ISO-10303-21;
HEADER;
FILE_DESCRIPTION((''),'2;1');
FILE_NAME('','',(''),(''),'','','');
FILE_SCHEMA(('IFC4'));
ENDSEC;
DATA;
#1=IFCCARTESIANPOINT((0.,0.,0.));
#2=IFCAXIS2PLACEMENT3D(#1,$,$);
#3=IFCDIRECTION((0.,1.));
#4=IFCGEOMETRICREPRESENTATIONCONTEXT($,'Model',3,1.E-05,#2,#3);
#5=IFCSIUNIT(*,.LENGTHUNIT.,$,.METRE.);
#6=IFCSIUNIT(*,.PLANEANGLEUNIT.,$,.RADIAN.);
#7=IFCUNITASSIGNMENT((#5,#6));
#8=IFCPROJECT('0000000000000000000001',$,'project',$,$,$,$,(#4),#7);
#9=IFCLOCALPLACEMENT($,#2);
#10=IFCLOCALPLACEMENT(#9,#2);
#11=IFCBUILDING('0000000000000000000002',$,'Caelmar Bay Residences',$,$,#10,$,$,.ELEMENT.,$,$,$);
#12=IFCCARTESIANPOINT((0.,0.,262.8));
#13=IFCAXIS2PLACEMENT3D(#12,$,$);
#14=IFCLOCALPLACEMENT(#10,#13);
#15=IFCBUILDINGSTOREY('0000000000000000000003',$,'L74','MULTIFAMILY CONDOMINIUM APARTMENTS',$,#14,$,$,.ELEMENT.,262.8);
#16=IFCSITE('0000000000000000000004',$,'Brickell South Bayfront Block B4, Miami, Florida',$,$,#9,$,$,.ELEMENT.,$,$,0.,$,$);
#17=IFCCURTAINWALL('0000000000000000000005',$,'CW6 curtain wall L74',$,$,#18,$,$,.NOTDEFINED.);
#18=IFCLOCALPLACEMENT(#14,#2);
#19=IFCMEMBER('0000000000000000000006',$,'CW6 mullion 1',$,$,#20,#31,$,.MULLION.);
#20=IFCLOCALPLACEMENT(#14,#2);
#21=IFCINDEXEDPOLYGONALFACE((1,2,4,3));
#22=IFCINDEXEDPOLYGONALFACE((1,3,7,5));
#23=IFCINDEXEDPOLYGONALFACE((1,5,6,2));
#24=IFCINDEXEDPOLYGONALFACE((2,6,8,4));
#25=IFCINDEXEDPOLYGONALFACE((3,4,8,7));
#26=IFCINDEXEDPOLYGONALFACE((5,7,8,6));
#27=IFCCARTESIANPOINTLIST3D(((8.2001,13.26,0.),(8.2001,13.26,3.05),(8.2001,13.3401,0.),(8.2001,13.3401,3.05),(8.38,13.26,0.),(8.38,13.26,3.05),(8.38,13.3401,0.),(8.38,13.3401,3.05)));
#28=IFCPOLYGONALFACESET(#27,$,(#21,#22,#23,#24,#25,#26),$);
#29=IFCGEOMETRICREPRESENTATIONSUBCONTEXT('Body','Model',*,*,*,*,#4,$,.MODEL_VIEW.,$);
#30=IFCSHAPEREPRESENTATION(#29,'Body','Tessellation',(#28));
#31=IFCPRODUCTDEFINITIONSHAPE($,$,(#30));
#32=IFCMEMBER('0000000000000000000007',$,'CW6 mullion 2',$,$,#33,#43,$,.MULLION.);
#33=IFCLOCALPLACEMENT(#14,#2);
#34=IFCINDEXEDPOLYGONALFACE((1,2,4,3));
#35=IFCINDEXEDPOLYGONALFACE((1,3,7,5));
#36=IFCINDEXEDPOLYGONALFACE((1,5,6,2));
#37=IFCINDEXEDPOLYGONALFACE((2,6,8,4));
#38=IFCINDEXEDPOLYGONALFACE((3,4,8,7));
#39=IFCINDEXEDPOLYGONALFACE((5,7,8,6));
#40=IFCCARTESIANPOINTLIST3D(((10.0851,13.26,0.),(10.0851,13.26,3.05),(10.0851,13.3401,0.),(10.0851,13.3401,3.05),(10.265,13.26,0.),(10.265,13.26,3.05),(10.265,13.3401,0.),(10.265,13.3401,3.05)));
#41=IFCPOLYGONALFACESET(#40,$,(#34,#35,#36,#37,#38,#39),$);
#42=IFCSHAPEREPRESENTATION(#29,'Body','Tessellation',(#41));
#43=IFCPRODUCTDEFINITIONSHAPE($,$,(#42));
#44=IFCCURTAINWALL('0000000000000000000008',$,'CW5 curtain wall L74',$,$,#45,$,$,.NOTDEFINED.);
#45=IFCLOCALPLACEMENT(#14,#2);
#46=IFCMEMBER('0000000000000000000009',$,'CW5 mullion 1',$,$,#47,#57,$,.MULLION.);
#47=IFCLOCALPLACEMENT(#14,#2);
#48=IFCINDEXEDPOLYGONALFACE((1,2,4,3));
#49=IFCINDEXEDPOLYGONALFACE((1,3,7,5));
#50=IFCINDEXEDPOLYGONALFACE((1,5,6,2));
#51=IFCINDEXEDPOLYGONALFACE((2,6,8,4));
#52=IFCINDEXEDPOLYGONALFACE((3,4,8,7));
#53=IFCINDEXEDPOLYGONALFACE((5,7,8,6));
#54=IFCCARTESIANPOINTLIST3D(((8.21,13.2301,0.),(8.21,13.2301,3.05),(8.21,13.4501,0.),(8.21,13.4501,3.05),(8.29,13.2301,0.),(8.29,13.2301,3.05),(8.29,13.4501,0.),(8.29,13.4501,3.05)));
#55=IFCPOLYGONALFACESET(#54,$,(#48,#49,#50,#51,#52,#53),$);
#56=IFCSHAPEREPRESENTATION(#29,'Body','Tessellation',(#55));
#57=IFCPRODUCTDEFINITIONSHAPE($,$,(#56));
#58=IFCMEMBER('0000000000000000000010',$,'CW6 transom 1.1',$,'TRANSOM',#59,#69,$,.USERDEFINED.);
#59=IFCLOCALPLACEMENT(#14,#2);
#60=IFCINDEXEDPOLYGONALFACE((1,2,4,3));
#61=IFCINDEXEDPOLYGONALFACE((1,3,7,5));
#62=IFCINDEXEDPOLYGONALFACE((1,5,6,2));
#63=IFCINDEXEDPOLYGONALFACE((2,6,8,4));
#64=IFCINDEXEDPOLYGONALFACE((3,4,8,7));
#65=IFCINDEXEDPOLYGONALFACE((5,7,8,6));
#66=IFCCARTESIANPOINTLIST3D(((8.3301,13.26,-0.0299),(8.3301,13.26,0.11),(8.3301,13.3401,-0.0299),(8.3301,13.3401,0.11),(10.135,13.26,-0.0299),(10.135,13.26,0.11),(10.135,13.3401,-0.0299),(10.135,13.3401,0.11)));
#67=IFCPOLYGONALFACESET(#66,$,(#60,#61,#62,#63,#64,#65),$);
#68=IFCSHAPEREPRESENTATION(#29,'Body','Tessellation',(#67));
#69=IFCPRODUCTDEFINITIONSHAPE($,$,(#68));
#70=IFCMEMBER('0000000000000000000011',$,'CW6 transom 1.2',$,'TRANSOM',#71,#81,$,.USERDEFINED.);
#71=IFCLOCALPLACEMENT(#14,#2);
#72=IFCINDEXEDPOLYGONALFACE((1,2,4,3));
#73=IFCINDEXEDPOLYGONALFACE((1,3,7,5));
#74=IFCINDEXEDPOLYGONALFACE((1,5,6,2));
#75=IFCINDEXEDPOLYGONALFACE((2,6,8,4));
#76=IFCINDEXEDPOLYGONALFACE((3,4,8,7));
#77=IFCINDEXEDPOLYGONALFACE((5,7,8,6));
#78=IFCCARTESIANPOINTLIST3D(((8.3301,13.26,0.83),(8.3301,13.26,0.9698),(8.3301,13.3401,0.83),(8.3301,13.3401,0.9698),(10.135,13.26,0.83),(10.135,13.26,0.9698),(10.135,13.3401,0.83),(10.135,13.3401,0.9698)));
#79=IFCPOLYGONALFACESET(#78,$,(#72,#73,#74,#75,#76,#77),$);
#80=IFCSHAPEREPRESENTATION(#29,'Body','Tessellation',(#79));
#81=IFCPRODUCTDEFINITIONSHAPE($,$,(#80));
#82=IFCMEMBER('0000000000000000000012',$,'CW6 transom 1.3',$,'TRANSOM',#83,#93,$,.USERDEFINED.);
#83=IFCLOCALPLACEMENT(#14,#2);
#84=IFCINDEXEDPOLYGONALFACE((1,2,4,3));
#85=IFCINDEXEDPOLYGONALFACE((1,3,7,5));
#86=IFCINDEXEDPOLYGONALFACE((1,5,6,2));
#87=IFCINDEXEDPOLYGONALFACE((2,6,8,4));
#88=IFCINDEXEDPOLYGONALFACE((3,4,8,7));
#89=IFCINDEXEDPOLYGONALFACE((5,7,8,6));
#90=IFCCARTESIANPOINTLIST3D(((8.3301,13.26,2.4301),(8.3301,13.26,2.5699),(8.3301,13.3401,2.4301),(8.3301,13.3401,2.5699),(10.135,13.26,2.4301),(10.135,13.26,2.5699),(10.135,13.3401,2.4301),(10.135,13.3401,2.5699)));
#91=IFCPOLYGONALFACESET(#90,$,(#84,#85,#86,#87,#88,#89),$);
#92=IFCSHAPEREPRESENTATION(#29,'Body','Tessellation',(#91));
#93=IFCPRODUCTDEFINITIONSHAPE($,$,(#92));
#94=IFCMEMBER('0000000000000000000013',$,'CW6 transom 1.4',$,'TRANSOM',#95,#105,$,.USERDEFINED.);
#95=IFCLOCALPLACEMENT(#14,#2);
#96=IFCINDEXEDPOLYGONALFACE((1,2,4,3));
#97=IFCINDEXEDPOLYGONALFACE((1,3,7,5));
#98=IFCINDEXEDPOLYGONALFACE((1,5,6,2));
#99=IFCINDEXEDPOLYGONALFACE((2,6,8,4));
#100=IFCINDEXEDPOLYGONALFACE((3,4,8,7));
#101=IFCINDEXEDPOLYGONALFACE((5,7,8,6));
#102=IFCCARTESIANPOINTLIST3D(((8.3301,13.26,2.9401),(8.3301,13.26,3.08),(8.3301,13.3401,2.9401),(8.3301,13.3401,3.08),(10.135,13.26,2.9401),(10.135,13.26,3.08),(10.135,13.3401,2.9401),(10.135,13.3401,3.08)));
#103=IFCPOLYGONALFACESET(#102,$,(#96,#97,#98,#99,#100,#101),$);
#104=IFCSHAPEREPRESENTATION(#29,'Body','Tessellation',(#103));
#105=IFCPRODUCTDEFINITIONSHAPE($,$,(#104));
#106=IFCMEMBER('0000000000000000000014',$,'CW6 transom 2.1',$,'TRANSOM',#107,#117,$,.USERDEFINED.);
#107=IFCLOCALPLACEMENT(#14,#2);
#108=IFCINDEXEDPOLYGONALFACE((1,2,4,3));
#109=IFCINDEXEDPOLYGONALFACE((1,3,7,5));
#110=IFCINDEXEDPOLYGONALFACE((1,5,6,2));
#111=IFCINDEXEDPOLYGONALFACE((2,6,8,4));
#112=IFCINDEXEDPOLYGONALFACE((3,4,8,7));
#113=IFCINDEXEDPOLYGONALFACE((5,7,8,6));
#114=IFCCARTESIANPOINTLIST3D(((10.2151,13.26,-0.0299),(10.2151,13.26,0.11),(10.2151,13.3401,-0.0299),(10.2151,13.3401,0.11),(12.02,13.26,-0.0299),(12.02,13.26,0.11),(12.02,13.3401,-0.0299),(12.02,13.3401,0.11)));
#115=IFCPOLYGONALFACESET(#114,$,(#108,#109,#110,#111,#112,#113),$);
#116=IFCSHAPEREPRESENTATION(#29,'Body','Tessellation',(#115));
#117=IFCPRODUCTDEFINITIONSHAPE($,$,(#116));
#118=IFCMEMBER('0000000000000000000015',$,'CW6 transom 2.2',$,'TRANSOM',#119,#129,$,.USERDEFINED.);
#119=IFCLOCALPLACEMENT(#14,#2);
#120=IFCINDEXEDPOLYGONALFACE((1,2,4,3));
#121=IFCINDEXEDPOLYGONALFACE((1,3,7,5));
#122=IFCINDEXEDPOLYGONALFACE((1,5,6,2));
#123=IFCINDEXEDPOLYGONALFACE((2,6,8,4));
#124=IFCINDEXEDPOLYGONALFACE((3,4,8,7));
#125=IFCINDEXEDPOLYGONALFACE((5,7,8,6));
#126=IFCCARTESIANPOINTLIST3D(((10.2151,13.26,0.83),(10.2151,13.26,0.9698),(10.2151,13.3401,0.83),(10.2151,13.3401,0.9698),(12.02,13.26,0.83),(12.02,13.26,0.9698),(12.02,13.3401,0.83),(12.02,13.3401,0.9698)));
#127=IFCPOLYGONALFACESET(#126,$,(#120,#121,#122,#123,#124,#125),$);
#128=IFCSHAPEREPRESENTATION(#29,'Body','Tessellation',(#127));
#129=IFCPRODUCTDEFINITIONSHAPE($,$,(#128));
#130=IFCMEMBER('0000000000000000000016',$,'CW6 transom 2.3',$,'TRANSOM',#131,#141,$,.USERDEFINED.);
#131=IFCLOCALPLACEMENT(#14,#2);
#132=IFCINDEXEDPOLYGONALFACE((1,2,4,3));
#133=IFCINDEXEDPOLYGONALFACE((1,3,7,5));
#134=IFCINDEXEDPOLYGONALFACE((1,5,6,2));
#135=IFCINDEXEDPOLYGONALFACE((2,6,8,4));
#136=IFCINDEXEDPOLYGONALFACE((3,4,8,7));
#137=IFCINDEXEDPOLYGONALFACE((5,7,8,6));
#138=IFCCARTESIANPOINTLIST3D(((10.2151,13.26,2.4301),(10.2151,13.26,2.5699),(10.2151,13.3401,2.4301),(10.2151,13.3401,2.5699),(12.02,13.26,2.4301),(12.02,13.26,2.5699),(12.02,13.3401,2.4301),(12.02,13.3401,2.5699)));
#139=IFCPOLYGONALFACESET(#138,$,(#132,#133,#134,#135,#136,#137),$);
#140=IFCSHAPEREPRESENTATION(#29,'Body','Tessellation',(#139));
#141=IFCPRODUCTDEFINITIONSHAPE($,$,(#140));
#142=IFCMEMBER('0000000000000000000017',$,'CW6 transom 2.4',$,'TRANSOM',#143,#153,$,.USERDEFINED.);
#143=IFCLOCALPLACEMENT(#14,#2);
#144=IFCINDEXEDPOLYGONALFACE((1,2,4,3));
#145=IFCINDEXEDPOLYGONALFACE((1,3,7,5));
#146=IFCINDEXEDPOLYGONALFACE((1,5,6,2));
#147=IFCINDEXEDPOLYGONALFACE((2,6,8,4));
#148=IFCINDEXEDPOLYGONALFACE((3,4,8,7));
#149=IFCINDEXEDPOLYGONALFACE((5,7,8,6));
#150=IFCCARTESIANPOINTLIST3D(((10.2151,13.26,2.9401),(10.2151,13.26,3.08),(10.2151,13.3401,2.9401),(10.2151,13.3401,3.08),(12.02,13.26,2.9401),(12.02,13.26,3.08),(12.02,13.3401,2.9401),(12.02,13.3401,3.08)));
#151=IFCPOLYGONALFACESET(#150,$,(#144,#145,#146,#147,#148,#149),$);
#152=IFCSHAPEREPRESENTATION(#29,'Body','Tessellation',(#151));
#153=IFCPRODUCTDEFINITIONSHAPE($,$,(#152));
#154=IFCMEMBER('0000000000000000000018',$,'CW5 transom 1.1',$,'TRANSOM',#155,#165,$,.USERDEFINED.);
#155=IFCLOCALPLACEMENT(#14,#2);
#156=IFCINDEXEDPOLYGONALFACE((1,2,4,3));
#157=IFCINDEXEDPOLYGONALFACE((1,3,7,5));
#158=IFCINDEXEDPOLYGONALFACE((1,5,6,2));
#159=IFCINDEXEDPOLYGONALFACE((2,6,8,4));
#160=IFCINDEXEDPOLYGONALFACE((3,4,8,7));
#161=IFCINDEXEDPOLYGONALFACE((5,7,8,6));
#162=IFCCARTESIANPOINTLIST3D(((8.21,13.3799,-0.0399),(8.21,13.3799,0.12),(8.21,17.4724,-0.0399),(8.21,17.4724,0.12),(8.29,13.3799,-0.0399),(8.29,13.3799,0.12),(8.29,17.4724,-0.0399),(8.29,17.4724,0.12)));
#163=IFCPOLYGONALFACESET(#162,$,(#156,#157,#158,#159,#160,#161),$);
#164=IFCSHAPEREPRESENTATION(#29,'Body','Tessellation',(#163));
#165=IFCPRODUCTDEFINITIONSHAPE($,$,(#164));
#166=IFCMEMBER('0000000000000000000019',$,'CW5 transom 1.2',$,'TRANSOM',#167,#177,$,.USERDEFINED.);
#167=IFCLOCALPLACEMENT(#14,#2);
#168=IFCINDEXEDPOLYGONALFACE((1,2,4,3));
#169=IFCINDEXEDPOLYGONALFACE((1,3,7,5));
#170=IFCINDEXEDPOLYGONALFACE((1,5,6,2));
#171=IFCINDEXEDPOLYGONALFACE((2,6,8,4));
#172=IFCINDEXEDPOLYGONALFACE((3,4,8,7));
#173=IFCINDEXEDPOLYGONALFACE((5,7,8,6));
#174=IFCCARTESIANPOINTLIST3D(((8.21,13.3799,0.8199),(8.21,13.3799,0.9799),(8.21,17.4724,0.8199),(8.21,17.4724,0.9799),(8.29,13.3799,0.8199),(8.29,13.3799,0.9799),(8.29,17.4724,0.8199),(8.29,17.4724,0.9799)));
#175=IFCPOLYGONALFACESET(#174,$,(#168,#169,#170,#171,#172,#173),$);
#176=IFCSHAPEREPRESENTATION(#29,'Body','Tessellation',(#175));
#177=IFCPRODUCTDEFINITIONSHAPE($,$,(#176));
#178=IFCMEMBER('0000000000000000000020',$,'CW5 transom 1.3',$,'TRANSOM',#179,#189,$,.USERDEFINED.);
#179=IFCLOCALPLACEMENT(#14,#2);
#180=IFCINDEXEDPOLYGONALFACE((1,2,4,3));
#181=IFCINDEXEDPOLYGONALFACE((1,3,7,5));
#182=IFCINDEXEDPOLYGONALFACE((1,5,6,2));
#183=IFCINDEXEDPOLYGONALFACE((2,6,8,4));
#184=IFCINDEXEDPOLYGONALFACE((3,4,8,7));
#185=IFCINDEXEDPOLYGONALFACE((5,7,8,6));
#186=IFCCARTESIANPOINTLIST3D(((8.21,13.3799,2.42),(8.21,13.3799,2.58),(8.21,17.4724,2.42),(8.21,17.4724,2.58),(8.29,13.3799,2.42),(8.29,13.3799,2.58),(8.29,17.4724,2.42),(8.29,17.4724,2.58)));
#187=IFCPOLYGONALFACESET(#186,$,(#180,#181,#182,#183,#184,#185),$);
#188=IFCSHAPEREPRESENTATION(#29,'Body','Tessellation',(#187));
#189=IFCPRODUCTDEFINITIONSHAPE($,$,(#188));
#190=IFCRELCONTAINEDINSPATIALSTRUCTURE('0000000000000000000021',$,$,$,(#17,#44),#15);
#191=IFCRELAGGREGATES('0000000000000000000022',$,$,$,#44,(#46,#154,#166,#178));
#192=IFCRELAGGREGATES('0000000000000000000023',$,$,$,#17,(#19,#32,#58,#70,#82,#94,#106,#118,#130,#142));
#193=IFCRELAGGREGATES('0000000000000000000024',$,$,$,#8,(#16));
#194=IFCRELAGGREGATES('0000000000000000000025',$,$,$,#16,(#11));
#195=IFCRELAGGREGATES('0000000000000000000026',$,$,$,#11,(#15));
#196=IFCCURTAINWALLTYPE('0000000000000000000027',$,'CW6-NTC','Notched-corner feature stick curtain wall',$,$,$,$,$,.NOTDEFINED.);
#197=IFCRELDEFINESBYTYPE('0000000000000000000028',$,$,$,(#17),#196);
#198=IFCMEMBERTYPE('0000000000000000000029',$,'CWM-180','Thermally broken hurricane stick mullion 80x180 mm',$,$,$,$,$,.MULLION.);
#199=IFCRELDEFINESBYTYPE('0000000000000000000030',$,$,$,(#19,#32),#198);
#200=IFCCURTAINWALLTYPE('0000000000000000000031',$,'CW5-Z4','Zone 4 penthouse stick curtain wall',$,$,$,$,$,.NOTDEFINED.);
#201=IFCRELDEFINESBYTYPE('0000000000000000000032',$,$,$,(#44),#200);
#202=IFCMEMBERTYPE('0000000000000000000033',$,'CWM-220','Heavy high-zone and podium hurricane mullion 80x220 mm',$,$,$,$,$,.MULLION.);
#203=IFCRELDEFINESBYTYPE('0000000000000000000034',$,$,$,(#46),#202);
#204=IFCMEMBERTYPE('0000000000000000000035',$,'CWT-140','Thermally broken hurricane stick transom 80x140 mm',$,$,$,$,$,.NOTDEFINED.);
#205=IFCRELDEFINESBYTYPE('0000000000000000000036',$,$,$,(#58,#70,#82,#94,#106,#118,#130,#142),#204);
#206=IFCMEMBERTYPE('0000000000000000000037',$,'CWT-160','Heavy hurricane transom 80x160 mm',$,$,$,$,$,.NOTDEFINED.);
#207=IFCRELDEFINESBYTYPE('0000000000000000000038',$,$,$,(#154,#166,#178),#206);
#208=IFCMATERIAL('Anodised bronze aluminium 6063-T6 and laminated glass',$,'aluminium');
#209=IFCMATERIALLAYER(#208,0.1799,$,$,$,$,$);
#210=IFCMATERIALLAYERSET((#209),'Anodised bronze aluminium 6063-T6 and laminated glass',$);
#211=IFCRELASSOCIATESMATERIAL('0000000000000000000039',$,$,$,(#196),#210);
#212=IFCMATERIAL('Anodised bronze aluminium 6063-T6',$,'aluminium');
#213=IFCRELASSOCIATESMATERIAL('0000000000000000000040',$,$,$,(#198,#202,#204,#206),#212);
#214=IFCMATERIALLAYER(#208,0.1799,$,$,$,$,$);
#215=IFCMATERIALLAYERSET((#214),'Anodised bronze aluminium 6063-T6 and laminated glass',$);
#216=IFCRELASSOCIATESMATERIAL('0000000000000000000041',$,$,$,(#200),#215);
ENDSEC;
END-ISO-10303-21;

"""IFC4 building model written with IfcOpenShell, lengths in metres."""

from ifc_helpers import new_model, si_unit, direction, frame, origin, origin_2d, place, context, subcontext, project, spatial, rectangle, extrude, material, layer, layer_set, material_profile, profile_set, type_object, element, aggregate, save


model = new_model("IFC4")

# Units and contexts
model_context = context("Model", 3, precision=1e-05, world=origin(), true_north=direction((0.0, 1.0)))
body_context = subcontext(model_context, "Body", "Model", "MODEL_VIEW")
ifc_project = project(units=[si_unit("LENGTHUNIT", "METRE"), si_unit("PLANEANGLEUNIT", "RADIAN")], contexts=[model_context])

# Site, building, storey
site_placement = place(None, origin())
site = spatial("IfcSite", under=ifc_project, at=site_placement, Name="Brickell South Bayfront Block B4, Miami, Florida", CompositionType="ELEMENT", RefElevation=0.0)
building_placement = place(site_placement, origin())
building = spatial("IfcBuilding", under=site, at=building_placement, Name="Caelmar Bay Residences", CompositionType="ELEMENT")
storey_placement = place(building_placement, frame((0.0, 0.0, 262.8)))
storey = spatial("IfcBuildingStorey", under=building, at=storey_placement, Name="L74", Description="MULTIFAMILY CONDOMINIUM APARTMENTS", CompositionType="ELEMENT", Elevation=262.8)

# Curtain wall, members
ifc_material_1 = material(Name="Anodised bronze aluminium 6063-T6 and laminated glass", Category="aluminium")
ifc_layer_1 = layer(ifc_material_1, 0.1799)
ifc_layer_set_1 = layer_set([ifc_layer_1], Name="Anodised bronze aluminium 6063-T6 and laminated glass")
curtain_wall_type_1 = type_object("IfcCurtainWallType", Name="CW6-NTC", Description="Notched-corner feature stick curtain wall", PredefinedType="NOTDEFINED", material=ifc_layer_set_1)
curtain_wall_1_placement = place(storey_placement, origin())
curtain_wall_1 = element("IfcCurtainWall", 1, at=curtain_wall_1_placement, inside=storey, type_object=curtain_wall_type_1, Name="CW6 curtain wall L74", PredefinedType="NOTDEFINED")
ifc_material_2 = material(Name="Anodised bronze aluminium 6063-T6", Category="aluminium")
ifc_material_profile_1 = material_profile(ifc_material_2, rectangle(XDim=0.0801, YDim=0.1799, at=origin_2d()), Name="CWM-80X180")
ifc_profile_set_1 = profile_set([ifc_material_profile_1], Name="Anodised bronze aluminium 6063-T6")
member_type_1 = type_object("IfcMemberType", Name="CWM-180", Description="Thermally broken hurricane stick mullion 80x180 mm", PredefinedType="MULLION", material=ifc_profile_set_1)
member_1_placement = place(storey_placement, frame((8.29, 13.3, 0.0), z_axis=(0.0, 0.0, 1.0), x_axis=(0.0, 1.0, 0.0)))
member_1 = element("IfcMember", 2, at=member_1_placement, type_object=member_type_1, Name="CW6 mullion 1", PredefinedType="MULLION", context=body_context, shape_type="SweptSolid", body=[
    extrude(rectangle(XDim=0.0801, YDim=0.1799, at=origin_2d()), origin(), (0.0, 0.0, 1.0), 3.05),
])
member_2_placement = place(storey_placement, frame((10.175, 13.3, 0.0), z_axis=(0.0, 0.0, 1.0), x_axis=(0.0, 1.0, 0.0)))
member_2 = element("IfcMember", 3, at=member_2_placement, type_object=member_type_1, Name="CW6 mullion 2", PredefinedType="MULLION", context=body_context, shape_type="SweptSolid", body=[
    extrude(rectangle(XDim=0.0801, YDim=0.1799, at=origin_2d()), origin(), (0.0, 0.0, 1.0), 3.05),
])

# Curtain wall, member
ifc_layer_2 = layer(ifc_material_1, 0.1799)
ifc_layer_set_2 = layer_set([ifc_layer_2], Name="Anodised bronze aluminium 6063-T6 and laminated glass")
curtain_wall_type_2 = type_object("IfcCurtainWallType", Name="CW5-Z4", Description="Zone 4 penthouse stick curtain wall", PredefinedType="NOTDEFINED", material=ifc_layer_set_2)
curtain_wall_2_placement = place(storey_placement, origin())
curtain_wall_2 = element("IfcCurtainWall", 4, at=curtain_wall_2_placement, inside=storey, type_object=curtain_wall_type_2, Name="CW5 curtain wall L74", PredefinedType="NOTDEFINED")
ifc_material_profile_2 = material_profile(ifc_material_2, rectangle(XDim=0.0801, YDim=0.22, at=origin_2d()), Name="CWM-80X220")
ifc_profile_set_2 = profile_set([ifc_material_profile_2], Name="Anodised bronze aluminium 6063-T6")
member_type_2 = type_object("IfcMemberType", Name="CWM-220", Description="Heavy high-zone and podium hurricane mullion 80x220 mm", PredefinedType="MULLION", material=ifc_profile_set_2)
member_3_placement = place(storey_placement, frame((8.25, 13.3401, 0.0), z_axis=(0.0, 0.0, 1.0), x_axis=(-1.0, 0.0, 0.0)))
member_3 = element("IfcMember", 5, at=member_3_placement, type_object=member_type_2, Name="CW5 mullion 1", PredefinedType="MULLION", context=body_context, shape_type="SweptSolid", body=[
    extrude(rectangle(XDim=0.0801, YDim=0.22, at=origin_2d()), origin(), (0.0, 0.0, 1.0), 3.05),
])

# Members
ifc_material_profile_3 = material_profile(ifc_material_2, rectangle(XDim=0.0801, YDim=0.1399, at=origin_2d()), Name="CWT-80X140")
ifc_profile_set_3 = profile_set([ifc_material_profile_3], Name="Anodised bronze aluminium 6063-T6")
member_type_3 = type_object("IfcMemberType", Name="CWT-140", Description="Thermally broken hurricane stick transom 80x140 mm", PredefinedType="NOTDEFINED", material=ifc_profile_set_3)
member_4_placement = place(storey_placement, frame((8.3301, 13.3, 0.04), z_axis=(1.0, 0.0, 0.0), x_axis=(0.0, 1.0, 0.0)))
member_4 = element("IfcMember", 6, at=member_4_placement, type_object=member_type_3, Name="CW6 transom 1.1", ObjectType="TRANSOM", PredefinedType="USERDEFINED", context=body_context, shape_type="SweptSolid", body=[
    extrude(rectangle(XDim=0.0801, YDim=0.1399, at=origin_2d()), origin(), (0.0, 0.0, 1.0), 1.8049),
])
member_5_placement = place(storey_placement, frame((8.3301, 13.3, 0.8999), z_axis=(1.0, 0.0, 0.0), x_axis=(0.0, 1.0, 0.0)))
member_5 = element("IfcMember", 7, at=member_5_placement, type_object=member_type_3, Name="CW6 transom 1.2", ObjectType="TRANSOM", PredefinedType="USERDEFINED", context=body_context, shape_type="SweptSolid", body=[
    extrude(rectangle(XDim=0.0801, YDim=0.1399, at=origin_2d()), origin(), (0.0, 0.0, 1.0), 1.8049),
])
member_6_placement = place(storey_placement, frame((8.3301, 13.3, 2.5), z_axis=(1.0, 0.0, 0.0), x_axis=(0.0, 1.0, 0.0)))
member_6 = element("IfcMember", 8, at=member_6_placement, type_object=member_type_3, Name="CW6 transom 1.3", ObjectType="TRANSOM", PredefinedType="USERDEFINED", context=body_context, shape_type="SweptSolid", body=[
    extrude(rectangle(XDim=0.0801, YDim=0.1399, at=origin_2d()), origin(), (0.0, 0.0, 1.0), 1.8049),
])
member_7_placement = place(storey_placement, frame((8.3301, 13.3, 3.01), z_axis=(1.0, 0.0, 0.0), x_axis=(0.0, 1.0, 0.0)))
member_7 = element("IfcMember", 9, at=member_7_placement, type_object=member_type_3, Name="CW6 transom 1.4", ObjectType="TRANSOM", PredefinedType="USERDEFINED", context=body_context, shape_type="SweptSolid", body=[
    extrude(rectangle(XDim=0.0801, YDim=0.1399, at=origin_2d()), origin(), (0.0, 0.0, 1.0), 1.8049),
])
member_8_placement = place(storey_placement, frame((10.2151, 13.3, 0.04), z_axis=(1.0, 0.0, 0.0), x_axis=(0.0, 1.0, 0.0)))
member_8 = element("IfcMember", 10, at=member_8_placement, type_object=member_type_3, Name="CW6 transom 2.1", ObjectType="TRANSOM", PredefinedType="USERDEFINED", context=body_context, shape_type="SweptSolid", body=[
    extrude(rectangle(XDim=0.0801, YDim=0.1399, at=origin_2d()), origin(), (0.0, 0.0, 1.0), 1.8049),
])
member_9_placement = place(storey_placement, frame((10.2151, 13.3, 0.8999), z_axis=(1.0, 0.0, 0.0), x_axis=(0.0, 1.0, 0.0)))
member_9 = element("IfcMember", 11, at=member_9_placement, type_object=member_type_3, Name="CW6 transom 2.2", ObjectType="TRANSOM", PredefinedType="USERDEFINED", context=body_context, shape_type="SweptSolid", body=[
    extrude(rectangle(XDim=0.0801, YDim=0.1399, at=origin_2d()), origin(), (0.0, 0.0, 1.0), 1.8049),
])
member_10_placement = place(storey_placement, frame((10.2151, 13.3, 2.5), z_axis=(1.0, 0.0, 0.0), x_axis=(0.0, 1.0, 0.0)))
member_10 = element("IfcMember", 12, at=member_10_placement, type_object=member_type_3, Name="CW6 transom 2.3", ObjectType="TRANSOM", PredefinedType="USERDEFINED", context=body_context, shape_type="SweptSolid", body=[
    extrude(rectangle(XDim=0.0801, YDim=0.1399, at=origin_2d()), origin(), (0.0, 0.0, 1.0), 1.8049),
])
member_11_placement = place(storey_placement, frame((10.2151, 13.3, 3.01), z_axis=(1.0, 0.0, 0.0), x_axis=(0.0, 1.0, 0.0)))
member_11 = element("IfcMember", 13, at=member_11_placement, type_object=member_type_3, Name="CW6 transom 2.4", ObjectType="TRANSOM", PredefinedType="USERDEFINED", context=body_context, shape_type="SweptSolid", body=[
    extrude(rectangle(XDim=0.0801, YDim=0.1399, at=origin_2d()), origin(), (0.0, 0.0, 1.0), 1.8049),
])
ifc_material_profile_4 = material_profile(ifc_material_2, rectangle(XDim=0.0801, YDim=0.1599, at=origin_2d()), Name="CWT-80X160")
ifc_profile_set_4 = profile_set([ifc_material_profile_4], Name="Anodised bronze aluminium 6063-T6")
member_type_4 = type_object("IfcMemberType", Name="CWT-160", Description="Heavy hurricane transom 80x160 mm", PredefinedType="NOTDEFINED", material=ifc_profile_set_4)
member_12_placement = place(storey_placement, frame((8.25, 13.3799, 0.04), z_axis=(0.0, 1.0, 0.0), x_axis=(-1.0, 0.0, 0.0)))
member_12 = element("IfcMember", 14, at=member_12_placement, type_object=member_type_4, Name="CW5 transom 1.1", ObjectType="TRANSOM", PredefinedType="USERDEFINED", context=body_context, shape_type="SweptSolid", body=[
    extrude(rectangle(XDim=0.0801, YDim=0.1599, at=origin_2d()), origin(), (0.0, 0.0, 1.0), 4.0925),
])
member_13_placement = place(storey_placement, frame((8.25, 13.3799, 0.8999), z_axis=(0.0, 1.0, 0.0), x_axis=(-1.0, 0.0, 0.0)))
member_13 = element("IfcMember", 15, at=member_13_placement, type_object=member_type_4, Name="CW5 transom 1.2", ObjectType="TRANSOM", PredefinedType="USERDEFINED", context=body_context, shape_type="SweptSolid", body=[
    extrude(rectangle(XDim=0.0801, YDim=0.1599, at=origin_2d()), origin(), (0.0, 0.0, 1.0), 4.0925),
])
member_14_placement = place(storey_placement, frame((8.25, 13.3799, 2.5), z_axis=(0.0, 1.0, 0.0), x_axis=(-1.0, 0.0, 0.0)))
member_14 = element("IfcMember", 16, at=member_14_placement, type_object=member_type_4, Name="CW5 transom 1.3", ObjectType="TRANSOM", PredefinedType="USERDEFINED", context=body_context, shape_type="SweptSolid", body=[
    extrude(rectangle(XDim=0.0801, YDim=0.1599, at=origin_2d()), origin(), (0.0, 0.0, 1.0), 4.0925),
])
aggregate(curtain_wall_2, [member_3, member_12, member_13, member_14])

aggregate(curtain_wall_1, [member_1, member_2, member_4, member_5, member_6, member_7, member_8, member_9, member_10, member_11])

save(model, "model.ifc")
